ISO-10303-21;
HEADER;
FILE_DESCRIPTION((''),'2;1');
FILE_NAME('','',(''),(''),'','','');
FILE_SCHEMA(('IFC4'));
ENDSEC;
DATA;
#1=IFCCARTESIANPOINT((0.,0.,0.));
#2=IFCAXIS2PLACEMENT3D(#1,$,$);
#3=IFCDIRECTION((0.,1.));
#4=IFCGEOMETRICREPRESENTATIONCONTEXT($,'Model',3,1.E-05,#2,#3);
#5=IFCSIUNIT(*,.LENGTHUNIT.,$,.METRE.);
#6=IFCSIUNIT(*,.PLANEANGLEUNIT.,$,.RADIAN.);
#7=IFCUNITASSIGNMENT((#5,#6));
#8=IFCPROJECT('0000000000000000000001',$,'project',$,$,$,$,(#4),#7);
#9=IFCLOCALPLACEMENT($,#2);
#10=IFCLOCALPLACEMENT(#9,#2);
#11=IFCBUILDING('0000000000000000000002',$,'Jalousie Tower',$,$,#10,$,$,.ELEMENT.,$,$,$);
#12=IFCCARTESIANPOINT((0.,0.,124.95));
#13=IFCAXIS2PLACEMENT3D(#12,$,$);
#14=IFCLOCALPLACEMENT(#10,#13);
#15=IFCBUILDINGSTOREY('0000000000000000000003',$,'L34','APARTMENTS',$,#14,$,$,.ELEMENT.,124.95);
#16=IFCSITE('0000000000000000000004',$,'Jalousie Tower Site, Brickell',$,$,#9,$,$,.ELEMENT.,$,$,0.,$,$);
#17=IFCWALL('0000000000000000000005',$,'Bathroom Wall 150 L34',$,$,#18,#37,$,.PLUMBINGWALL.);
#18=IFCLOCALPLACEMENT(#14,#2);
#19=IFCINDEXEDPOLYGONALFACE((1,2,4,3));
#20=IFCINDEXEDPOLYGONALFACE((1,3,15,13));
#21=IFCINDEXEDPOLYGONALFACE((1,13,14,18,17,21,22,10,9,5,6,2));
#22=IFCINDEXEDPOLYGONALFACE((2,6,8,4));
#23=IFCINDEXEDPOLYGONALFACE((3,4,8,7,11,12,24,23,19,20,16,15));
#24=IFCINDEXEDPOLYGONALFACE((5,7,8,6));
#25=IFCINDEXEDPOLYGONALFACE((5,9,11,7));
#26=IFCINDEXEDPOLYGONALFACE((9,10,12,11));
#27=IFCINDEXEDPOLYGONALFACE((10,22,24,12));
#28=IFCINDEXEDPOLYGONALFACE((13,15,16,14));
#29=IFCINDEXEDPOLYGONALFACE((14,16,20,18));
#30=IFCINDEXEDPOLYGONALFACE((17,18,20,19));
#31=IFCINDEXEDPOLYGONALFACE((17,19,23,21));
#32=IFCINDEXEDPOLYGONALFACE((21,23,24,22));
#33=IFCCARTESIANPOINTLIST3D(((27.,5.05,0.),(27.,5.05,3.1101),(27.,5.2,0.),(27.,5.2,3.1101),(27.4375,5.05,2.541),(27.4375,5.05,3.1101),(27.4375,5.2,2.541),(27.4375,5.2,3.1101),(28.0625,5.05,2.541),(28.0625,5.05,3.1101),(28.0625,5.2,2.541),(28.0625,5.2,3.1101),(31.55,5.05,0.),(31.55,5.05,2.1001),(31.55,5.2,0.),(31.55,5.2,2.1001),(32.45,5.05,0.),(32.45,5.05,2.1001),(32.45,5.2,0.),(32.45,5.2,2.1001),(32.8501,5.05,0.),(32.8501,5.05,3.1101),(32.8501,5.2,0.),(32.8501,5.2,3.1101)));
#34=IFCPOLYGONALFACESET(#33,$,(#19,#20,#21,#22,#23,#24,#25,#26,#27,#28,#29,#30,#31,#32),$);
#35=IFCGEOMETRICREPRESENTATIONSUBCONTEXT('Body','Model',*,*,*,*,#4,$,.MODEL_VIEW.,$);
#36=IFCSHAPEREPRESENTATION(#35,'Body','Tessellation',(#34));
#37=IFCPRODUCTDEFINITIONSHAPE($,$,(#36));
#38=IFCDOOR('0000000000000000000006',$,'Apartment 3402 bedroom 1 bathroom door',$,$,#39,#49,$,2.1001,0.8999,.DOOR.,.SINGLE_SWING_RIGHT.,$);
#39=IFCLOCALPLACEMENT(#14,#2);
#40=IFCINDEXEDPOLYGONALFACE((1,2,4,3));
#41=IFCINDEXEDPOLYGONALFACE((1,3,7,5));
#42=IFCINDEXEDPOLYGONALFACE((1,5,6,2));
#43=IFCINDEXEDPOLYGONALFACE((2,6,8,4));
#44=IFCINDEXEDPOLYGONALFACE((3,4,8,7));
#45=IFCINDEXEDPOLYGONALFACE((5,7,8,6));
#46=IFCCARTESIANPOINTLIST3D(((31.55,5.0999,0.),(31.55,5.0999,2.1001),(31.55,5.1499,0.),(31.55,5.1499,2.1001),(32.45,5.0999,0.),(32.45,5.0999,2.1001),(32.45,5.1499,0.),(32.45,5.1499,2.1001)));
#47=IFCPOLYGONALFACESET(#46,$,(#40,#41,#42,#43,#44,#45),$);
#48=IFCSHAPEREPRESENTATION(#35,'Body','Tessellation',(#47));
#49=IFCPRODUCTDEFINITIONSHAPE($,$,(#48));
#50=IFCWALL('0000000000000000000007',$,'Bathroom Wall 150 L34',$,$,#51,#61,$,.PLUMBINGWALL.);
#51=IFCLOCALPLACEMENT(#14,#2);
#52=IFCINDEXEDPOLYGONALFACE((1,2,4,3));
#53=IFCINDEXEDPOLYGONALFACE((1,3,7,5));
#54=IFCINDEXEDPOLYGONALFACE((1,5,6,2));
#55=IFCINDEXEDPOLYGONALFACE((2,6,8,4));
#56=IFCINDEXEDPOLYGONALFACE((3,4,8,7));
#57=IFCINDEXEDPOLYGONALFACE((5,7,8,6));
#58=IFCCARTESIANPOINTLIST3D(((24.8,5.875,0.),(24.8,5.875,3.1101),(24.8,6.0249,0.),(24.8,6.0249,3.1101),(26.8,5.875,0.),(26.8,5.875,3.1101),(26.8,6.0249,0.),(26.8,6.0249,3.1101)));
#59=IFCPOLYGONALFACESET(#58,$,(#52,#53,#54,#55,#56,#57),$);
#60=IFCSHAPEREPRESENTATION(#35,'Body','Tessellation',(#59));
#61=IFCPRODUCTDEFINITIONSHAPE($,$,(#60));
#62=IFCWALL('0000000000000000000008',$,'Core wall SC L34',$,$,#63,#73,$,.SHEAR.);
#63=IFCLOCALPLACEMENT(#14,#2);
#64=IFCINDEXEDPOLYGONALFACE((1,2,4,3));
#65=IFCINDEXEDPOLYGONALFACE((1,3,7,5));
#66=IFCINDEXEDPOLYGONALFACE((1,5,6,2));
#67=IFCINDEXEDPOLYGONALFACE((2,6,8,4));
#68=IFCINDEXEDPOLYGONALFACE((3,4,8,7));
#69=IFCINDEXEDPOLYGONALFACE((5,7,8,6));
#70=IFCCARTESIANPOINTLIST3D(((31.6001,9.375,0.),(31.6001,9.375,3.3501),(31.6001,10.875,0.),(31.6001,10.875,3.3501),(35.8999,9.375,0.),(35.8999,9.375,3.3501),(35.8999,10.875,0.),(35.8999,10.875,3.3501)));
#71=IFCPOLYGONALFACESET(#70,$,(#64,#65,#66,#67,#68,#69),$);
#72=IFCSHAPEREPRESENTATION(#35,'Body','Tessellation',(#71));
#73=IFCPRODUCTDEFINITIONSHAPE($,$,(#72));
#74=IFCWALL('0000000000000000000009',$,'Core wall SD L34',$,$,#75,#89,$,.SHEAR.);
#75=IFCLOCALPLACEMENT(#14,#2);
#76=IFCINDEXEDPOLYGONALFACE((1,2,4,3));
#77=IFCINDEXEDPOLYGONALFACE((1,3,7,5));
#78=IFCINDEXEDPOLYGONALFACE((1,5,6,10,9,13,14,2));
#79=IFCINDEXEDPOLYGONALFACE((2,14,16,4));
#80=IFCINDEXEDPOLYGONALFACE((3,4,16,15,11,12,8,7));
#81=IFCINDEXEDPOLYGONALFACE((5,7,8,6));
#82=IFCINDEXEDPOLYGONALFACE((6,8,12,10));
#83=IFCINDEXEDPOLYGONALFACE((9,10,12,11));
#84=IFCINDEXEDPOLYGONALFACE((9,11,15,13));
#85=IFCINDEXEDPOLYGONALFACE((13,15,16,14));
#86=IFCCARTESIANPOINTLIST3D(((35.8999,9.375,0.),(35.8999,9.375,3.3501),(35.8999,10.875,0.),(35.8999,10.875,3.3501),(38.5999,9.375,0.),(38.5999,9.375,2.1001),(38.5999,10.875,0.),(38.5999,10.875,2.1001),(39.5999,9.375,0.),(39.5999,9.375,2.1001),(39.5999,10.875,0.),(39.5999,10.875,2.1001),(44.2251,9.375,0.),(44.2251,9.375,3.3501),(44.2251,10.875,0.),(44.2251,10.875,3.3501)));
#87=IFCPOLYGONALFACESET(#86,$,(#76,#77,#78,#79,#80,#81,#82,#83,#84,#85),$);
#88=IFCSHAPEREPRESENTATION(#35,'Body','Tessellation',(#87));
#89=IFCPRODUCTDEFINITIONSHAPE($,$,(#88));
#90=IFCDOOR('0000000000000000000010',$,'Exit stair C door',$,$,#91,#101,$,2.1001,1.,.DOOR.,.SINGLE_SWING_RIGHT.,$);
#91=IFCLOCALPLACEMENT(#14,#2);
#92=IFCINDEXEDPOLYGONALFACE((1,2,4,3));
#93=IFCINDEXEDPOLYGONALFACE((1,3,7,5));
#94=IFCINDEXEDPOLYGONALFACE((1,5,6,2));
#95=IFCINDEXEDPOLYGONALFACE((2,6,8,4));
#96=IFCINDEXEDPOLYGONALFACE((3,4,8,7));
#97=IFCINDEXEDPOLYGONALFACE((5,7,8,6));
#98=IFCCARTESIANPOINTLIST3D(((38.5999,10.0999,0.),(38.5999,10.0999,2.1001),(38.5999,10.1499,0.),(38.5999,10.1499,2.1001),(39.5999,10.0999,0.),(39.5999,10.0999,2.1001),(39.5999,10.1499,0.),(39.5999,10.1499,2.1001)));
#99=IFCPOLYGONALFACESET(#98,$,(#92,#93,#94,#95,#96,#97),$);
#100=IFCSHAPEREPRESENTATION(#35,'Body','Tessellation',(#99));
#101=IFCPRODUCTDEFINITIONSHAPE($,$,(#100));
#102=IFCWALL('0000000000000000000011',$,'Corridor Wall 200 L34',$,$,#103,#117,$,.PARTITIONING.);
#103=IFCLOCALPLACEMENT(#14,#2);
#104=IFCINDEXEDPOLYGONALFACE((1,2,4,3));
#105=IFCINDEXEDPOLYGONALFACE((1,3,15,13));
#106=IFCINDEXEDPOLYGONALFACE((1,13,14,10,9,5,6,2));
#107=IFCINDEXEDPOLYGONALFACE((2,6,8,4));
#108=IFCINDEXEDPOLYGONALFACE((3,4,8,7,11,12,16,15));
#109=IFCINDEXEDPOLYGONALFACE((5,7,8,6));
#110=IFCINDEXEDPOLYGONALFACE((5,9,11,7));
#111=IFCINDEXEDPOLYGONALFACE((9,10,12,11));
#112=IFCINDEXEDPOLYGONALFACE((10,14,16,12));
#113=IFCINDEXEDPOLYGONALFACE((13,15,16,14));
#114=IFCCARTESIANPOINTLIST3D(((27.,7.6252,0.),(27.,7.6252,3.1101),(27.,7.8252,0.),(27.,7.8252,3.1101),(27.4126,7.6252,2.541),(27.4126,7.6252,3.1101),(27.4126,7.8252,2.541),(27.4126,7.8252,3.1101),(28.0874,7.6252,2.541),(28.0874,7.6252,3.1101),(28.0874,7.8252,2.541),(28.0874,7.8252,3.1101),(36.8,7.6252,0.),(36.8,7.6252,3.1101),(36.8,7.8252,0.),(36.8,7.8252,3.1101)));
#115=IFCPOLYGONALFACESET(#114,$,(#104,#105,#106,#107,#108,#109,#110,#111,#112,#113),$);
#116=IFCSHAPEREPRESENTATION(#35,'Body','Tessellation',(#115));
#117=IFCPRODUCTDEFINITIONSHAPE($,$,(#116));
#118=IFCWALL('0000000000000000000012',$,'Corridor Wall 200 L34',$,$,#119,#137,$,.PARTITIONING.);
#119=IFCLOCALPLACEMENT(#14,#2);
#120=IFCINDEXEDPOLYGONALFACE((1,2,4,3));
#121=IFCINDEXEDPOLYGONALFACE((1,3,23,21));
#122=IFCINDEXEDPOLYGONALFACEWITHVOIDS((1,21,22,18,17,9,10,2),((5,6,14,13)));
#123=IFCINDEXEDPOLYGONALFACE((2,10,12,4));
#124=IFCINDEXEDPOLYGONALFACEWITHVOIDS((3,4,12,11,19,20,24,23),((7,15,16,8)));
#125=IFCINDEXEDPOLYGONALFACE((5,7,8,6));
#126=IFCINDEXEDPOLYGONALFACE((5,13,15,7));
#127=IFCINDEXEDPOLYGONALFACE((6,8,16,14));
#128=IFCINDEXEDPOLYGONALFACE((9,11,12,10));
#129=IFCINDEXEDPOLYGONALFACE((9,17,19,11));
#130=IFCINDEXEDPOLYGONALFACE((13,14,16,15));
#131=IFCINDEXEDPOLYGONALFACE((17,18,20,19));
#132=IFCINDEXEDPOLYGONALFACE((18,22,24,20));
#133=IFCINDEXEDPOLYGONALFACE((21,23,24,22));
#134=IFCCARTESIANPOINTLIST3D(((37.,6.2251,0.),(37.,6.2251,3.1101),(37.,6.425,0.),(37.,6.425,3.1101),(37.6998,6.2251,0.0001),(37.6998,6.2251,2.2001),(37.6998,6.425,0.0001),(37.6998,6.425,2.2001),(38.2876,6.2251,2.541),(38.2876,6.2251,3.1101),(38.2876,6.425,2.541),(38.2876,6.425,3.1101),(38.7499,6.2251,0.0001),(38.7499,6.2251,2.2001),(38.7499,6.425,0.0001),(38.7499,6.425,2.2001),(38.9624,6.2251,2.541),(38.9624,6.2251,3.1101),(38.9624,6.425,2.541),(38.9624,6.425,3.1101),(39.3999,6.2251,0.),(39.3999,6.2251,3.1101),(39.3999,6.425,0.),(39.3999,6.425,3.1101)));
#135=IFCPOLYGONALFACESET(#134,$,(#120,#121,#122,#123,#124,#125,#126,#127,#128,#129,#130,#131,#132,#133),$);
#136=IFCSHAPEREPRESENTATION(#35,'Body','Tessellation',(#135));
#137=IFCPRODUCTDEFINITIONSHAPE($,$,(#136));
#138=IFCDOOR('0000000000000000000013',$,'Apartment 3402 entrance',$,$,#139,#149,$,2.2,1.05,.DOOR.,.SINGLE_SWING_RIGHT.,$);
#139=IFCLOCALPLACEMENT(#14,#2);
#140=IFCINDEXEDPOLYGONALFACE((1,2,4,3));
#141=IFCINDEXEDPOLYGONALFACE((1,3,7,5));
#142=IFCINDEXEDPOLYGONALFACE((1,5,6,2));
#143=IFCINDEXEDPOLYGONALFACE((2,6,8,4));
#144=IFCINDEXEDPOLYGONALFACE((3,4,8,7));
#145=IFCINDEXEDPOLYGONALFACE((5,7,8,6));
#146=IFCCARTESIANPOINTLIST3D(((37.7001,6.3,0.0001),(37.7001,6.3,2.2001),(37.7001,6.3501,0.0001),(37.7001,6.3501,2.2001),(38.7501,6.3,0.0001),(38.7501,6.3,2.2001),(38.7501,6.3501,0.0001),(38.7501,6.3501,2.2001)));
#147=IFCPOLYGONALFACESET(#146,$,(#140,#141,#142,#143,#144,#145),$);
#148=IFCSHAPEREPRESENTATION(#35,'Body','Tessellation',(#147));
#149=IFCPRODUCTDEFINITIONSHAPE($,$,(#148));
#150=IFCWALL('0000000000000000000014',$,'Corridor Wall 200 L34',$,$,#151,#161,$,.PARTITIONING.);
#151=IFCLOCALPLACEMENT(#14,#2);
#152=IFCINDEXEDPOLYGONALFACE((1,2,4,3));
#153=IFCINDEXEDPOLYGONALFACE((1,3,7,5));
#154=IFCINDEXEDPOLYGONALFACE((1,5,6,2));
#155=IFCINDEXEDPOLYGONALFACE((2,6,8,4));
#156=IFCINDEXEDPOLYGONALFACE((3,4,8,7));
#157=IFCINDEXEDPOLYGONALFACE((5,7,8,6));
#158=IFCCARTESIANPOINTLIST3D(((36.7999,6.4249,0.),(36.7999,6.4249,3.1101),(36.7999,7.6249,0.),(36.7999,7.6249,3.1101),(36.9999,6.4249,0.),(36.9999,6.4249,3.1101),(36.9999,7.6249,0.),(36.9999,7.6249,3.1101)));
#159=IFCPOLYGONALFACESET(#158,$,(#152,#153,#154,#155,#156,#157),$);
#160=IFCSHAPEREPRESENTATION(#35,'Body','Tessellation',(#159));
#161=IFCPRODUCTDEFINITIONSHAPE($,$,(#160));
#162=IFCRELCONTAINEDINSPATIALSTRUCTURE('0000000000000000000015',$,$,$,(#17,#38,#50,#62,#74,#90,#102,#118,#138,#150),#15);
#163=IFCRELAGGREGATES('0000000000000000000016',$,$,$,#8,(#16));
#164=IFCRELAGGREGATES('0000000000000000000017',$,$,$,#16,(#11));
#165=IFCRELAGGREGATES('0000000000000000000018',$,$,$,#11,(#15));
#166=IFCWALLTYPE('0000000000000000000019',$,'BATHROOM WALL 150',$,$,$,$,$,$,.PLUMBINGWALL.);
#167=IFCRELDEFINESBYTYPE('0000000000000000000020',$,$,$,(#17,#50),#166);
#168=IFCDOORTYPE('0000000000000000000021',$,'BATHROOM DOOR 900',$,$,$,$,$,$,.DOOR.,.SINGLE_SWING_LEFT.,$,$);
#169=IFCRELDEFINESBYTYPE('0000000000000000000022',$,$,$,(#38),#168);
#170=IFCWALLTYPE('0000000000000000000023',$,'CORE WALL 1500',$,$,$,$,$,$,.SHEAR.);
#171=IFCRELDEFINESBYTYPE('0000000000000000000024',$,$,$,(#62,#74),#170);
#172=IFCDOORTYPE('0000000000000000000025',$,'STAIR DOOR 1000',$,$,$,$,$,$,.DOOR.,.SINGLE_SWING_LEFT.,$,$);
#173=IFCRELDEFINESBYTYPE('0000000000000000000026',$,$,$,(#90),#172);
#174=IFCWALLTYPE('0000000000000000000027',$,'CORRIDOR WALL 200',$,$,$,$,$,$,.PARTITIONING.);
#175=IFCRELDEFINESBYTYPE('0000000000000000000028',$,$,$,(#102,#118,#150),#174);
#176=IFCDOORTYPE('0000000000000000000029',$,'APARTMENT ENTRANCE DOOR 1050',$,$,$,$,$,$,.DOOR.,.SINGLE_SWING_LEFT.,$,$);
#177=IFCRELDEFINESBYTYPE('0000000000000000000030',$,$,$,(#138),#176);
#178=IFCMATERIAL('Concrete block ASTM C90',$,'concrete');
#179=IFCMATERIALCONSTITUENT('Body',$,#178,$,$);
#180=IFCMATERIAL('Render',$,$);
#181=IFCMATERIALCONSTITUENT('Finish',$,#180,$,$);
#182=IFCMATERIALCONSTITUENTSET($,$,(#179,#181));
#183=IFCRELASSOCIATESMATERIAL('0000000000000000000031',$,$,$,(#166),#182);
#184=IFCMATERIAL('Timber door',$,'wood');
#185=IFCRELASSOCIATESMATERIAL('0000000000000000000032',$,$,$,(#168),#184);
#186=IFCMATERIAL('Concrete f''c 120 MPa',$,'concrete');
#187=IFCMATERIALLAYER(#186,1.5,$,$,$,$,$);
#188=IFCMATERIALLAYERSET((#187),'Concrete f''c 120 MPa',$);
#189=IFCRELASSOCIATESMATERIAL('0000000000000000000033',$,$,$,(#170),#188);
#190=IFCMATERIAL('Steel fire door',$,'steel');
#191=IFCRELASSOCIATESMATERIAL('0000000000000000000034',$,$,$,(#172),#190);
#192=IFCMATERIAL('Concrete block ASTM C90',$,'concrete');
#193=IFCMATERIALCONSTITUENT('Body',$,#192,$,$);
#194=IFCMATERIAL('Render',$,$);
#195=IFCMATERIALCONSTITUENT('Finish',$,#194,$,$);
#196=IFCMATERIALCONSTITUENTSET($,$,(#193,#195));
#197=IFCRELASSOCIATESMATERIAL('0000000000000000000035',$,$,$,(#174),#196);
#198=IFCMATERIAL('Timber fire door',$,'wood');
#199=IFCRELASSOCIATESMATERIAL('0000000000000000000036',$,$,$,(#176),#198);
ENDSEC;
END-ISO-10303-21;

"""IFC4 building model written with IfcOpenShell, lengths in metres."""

from ifc_helpers import new_model, si_unit, direction, frame, frame_2d, origin, place, context, subcontext, project, spatial, polyline, rectangle, outline, extrude, material, layer, layer_set, constituent, constituent_set, type_object, element, fill, save


model = new_model("IFC4")

# Units and contexts
model_context = context("Model", 3, precision=1e-05, world=origin(), true_north=direction((0.0, 1.0)))
body_context = subcontext(model_context, "Body", "Model", "MODEL_VIEW")
ifc_project = project(units=[si_unit("LENGTHUNIT", "METRE"), si_unit("PLANEANGLEUNIT", "RADIAN")], contexts=[model_context])

# Site, building, storey
site_placement = place(None, origin())
site = spatial("IfcSite", under=ifc_project, at=site_placement, Name="Jalousie Tower Site, Brickell", CompositionType="ELEMENT", RefElevation=0.0)
building_placement = place(site_placement, origin())
building = spatial("IfcBuilding", under=site, at=building_placement, Name="Jalousie Tower", CompositionType="ELEMENT")
storey_placement = place(building_placement, frame((0.0, 0.0, 124.95)))
storey = spatial("IfcBuildingStorey", under=building, at=storey_placement, Name="L34", Description="APARTMENTS", CompositionType="ELEMENT", Elevation=124.95)

# Wall, opening, door
ifc_material_1 = material(Name="Concrete block ASTM C90", Category="concrete")
ifc_constituent_1 = constituent(ifc_material_1, Name="Body")
ifc_material_2 = material(Name="Render")
ifc_constituent_2 = constituent(ifc_material_2, Name="Finish")
ifc_constituent_set_1 = constituent_set(constituents=[ifc_constituent_1, ifc_constituent_2])
wall_type_1 = type_object("IfcWallType", Name="BATHROOM WALL 150", PredefinedType="PLUMBINGWALL", material=ifc_constituent_set_1)
wall_1_placement = place(storey_placement, frame((27.0, 5.125, 0.0), z_axis=(0.0, 0.0, 1.0), x_axis=(1.0, 0.0, 0.0)))
wall_1 = element("IfcWall", 1, at=wall_1_placement, inside=storey, type_object=wall_type_1, Name="Bathroom Wall 150 L34", PredefinedType="PLUMBINGWALL", context=body_context, shape_type="SweptSolid", body=[
    extrude(outline(polyline([(0.0, 0.0), (5.8501, 0.0), (5.8501, 3.1101), (1.0625, 3.1101), (1.0625, 2.541), (0.4375, 2.541), (0.4375, 3.1101), (0.0, 3.1101), (0.0, 0.0)])), frame((0.0, 0.075, 0.0), z_axis=(0.0, -1.0, 0.0), x_axis=(1.0, 0.0, 0.0)), (0.0, 0.0, 1.0), 0.1499),
])
opening_1_placement = place(wall_1_placement, frame((4.55, 0.0, 0.0)))
opening_1 = element("IfcOpeningElement", 2, at=opening_1_placement, cuts=wall_1, PredefinedType="OPENING", context=body_context, shape_type="SweptSolid", body=[
    extrude(rectangle(XDim=0.8999, YDim=2.1001, at=frame_2d((0.45, 1.05))), frame((0.0, 0.085, 0.0), z_axis=(0.0, -1.0, 0.0), x_axis=(1.0, 0.0, 0.0)), (0.0, 0.0, 1.0), 0.1699),
])
ifc_material_3 = material(Name="Timber door", Category="wood")
door_type_1 = type_object("IfcDoorType", Name="BATHROOM DOOR 900", OperationType="SINGLE_SWING_LEFT", PredefinedType="DOOR", material=ifc_material_3)
door_1_placement = place(opening_1_placement, origin())
door_1 = element("IfcDoor", 3, at=door_1_placement, inside=storey, type_object=door_type_1, Name="Apartment 3402 bedroom 1 bathroom door", OperationType="SINGLE_SWING_RIGHT", OverallHeight=2.1001, OverallWidth=0.8999, PredefinedType="DOOR", context=body_context, shape_type="SweptSolid", body=[
    extrude(rectangle(XDim=0.8999, YDim=2.1001, at=frame_2d((0.45, 1.05))), frame((0.0, 0.0249, 0.0), z_axis=(0.0, -1.0, 0.0), x_axis=(1.0, 0.0, 0.0)), (0.0, 0.0, 1.0), 0.05),
])
fill(opening_1, door_1)

# Walls
wall_2_placement = place(storey_placement, frame((26.8, 5.95, 0.0), z_axis=(0.0, 0.0, 1.0), x_axis=(-1.0, 0.0, 0.0)))
element("IfcWall", 4, at=wall_2_placement, inside=storey, type_object=wall_type_1, Name="Bathroom Wall 150 L34", PredefinedType="PLUMBINGWALL", context=body_context, shape_type="SweptSolid", body=[
    extrude(rectangle(XDim=2.0, YDim=0.1499, at=frame_2d((1.0, 0.0))), origin(), (0.0, 0.0, 1.0), 3.1101),
])
ifc_material_4 = material(Name="Concrete f'c 120 MPa", Category="concrete")
ifc_layer_1 = layer(ifc_material_4, 1.5)
ifc_layer_set_1 = layer_set([ifc_layer_1], Name="Concrete f'c 120 MPa")
wall_type_2 = type_object("IfcWallType", Name="CORE WALL 1500", PredefinedType="SHEAR", material=ifc_layer_set_1)
wall_3_placement = place(storey_placement, frame((31.6001, 10.125, 0.0), z_axis=(0.0, 0.0, 1.0), x_axis=(1.0, 0.0, 0.0)))
element("IfcWall", 5, at=wall_3_placement, inside=storey, type_object=wall_type_2, Name="Core wall SC L34", PredefinedType="SHEAR", context=body_context, shape_type="SweptSolid", body=[
    extrude(rectangle(XDim=4.2998, YDim=1.5, at=frame_2d((2.1499, 0.0))), origin(), (0.0, 0.0, 1.0), 3.3501),
])

# Wall, opening, door
wall_4_placement = place(storey_placement, frame((35.8999, 10.125, 0.0), z_axis=(0.0, 0.0, 1.0), x_axis=(1.0, 0.0, 0.0)))
wall_4 = element("IfcWall", 6, at=wall_4_placement, inside=storey, type_object=wall_type_2, Name="Core wall SD L34", PredefinedType="SHEAR", context=body_context, shape_type="SweptSolid", body=[
    extrude(rectangle(XDim=8.3252, YDim=1.5, at=frame_2d((4.1626, 0.0))), origin(), (0.0, 0.0, 1.0), 3.3501),
])
opening_2_placement = place(wall_4_placement, frame((2.7, 0.0, 0.0)))
opening_2 = element("IfcOpeningElement", 7, at=opening_2_placement, cuts=wall_4, PredefinedType="OPENING", context=body_context, shape_type="SweptSolid", body=[
    extrude(rectangle(XDim=1.0, YDim=2.1001, at=frame_2d((0.5, 1.05))), frame((0.0, 0.76, 0.0), z_axis=(0.0, -1.0, 0.0), x_axis=(1.0, 0.0, 0.0)), (0.0, 0.0, 1.0), 1.52),
])
ifc_material_5 = material(Name="Steel fire door", Category="steel")
door_type_2 = type_object("IfcDoorType", Name="STAIR DOOR 1000", OperationType="SINGLE_SWING_LEFT", PredefinedType="DOOR", material=ifc_material_5)
door_2_placement = place(opening_2_placement, origin())
door_2 = element("IfcDoor", 8, at=door_2_placement, inside=storey, type_object=door_type_2, Name="Exit stair C door", OperationType="SINGLE_SWING_RIGHT", OverallHeight=2.1001, OverallWidth=1.0, PredefinedType="DOOR", context=body_context, shape_type="SweptSolid", body=[
    extrude(rectangle(XDim=1.0, YDim=2.1001, at=frame_2d((0.5, 1.05))), frame((0.0, 0.0249, 0.0), z_axis=(0.0, -1.0, 0.0), x_axis=(1.0, 0.0, 0.0)), (0.0, 0.0, 1.0), 0.05),
])
fill(opening_2, door_2)

# Wall
ifc_material_6 = material(Name="Concrete block ASTM C90", Category="concrete")
ifc_constituent_3 = constituent(ifc_material_6, Name="Body")
ifc_material_7 = material(Name="Render")
ifc_constituent_4 = constituent(ifc_material_7, Name="Finish")
ifc_constituent_set_2 = constituent_set(constituents=[ifc_constituent_3, ifc_constituent_4])
wall_type_3 = type_object("IfcWallType", Name="CORRIDOR WALL 200", PredefinedType="PARTITIONING", material=ifc_constituent_set_2)
wall_5_placement = place(storey_placement, frame((27.0, 7.7251, 0.0), z_axis=(0.0, 0.0, 1.0), x_axis=(1.0, 0.0, 0.0)))
element("IfcWall", 9, at=wall_5_placement, inside=storey, type_object=wall_type_3, Name="Corridor Wall 200 L34", PredefinedType="PARTITIONING", context=body_context, shape_type="SweptSolid", body=[
    extrude(outline(polyline([(0.0, 0.0), (9.8, 0.0), (9.8, 3.1101), (1.0874, 3.1101), (1.0874, 2.541), (0.4126, 2.541), (0.4126, 3.1101), (0.0, 3.1101), (0.0, 0.0)])), frame((0.0, 0.1001, 0.0), z_axis=(0.0, -1.0, 0.0), x_axis=(1.0, 0.0, 0.0)), (0.0, 0.0, 1.0), 0.2),
])

# Wall, opening, door
wall_6_placement = place(storey_placement, frame((37.0, 6.325, 0.0), z_axis=(0.0, 0.0, 1.0), x_axis=(1.0, 0.0, 0.0)))
wall_6 = element("IfcWall", 10, at=wall_6_placement, inside=storey, type_object=wall_type_3, Name="Corridor Wall 200 L34", PredefinedType="PARTITIONING", context=body_context, shape_type="SweptSolid", body=[
    extrude(outline(polyline([(0.0, 0.0), (2.3999, 0.0), (2.3999, 3.1101), (1.9624, 3.1101), (1.9624, 2.541), (1.2876, 2.541), (1.2876, 3.1101), (0.0, 3.1101), (0.0, 0.0)])), frame((0.0, 0.1001, 0.0), z_axis=(0.0, -1.0, 0.0), x_axis=(1.0, 0.0, 0.0)), (0.0, 0.0, 1.0), 0.2),
])
opening_3_placement = place(wall_6_placement, frame((0.7, 0.0, 0.0)))
opening_3 = element("IfcOpeningElement", 11, at=opening_3_placement, cuts=wall_6, PredefinedType="OPENING", context=body_context, shape_type="SweptSolid", body=[
    extrude(rectangle(XDim=1.05, YDim=2.2, at=frame_2d((0.5249, 1.1001))), frame((0.0, 0.1099, 0.0), z_axis=(0.0, -1.0, 0.0), x_axis=(1.0, 0.0, 0.0)), (0.0, 0.0, 1.0), 0.22),
])
ifc_material_8 = material(Name="Timber fire door", Category="wood")
door_type_3 = type_object("IfcDoorType", Name="APARTMENT ENTRANCE DOOR 1050", OperationType="SINGLE_SWING_LEFT", PredefinedType="DOOR", material=ifc_material_8)
door_3_placement = place(opening_3_placement, frame((1.05, 0.0, 0.0), z_axis=(0.0, 0.0, 1.0), x_axis=(-1.0, 0.0, 0.0)))
door_3 = element("IfcDoor", 12, at=door_3_placement, inside=storey, type_object=door_type_3, Name="Apartment 3402 entrance", OperationType="SINGLE_SWING_RIGHT", OverallHeight=2.2, OverallWidth=1.05, PredefinedType="DOOR", context=body_context, shape_type="SweptSolid", body=[
    extrude(rectangle(XDim=1.05, YDim=2.2, at=frame_2d((0.5249, 1.1001))), frame((0.0, 0.0249, 0.0), z_axis=(0.0, -1.0, 0.0), x_axis=(1.0, 0.0, 0.0)), (0.0, 0.0, 1.0), 0.05),
])
fill(opening_3, door_3)

# Wall
wall_7_placement = place(storey_placement, frame((36.8999, 7.625, 0.0), z_axis=(0.0, 0.0, 1.0), x_axis=(0.0, -1.0, 0.0)))
element("IfcWall", 13, at=wall_7_placement, inside=storey, type_object=wall_type_3, Name="Corridor Wall 200 L34", PredefinedType="PARTITIONING", context=body_context, shape_type="SweptSolid", body=[
    extrude(rectangle(XDim=1.2, YDim=0.2, at=frame_2d((0.6001, 0.0))), origin(), (0.0, 0.0, 1.0), 3.1101),
])

save(model, "model.ifc")
